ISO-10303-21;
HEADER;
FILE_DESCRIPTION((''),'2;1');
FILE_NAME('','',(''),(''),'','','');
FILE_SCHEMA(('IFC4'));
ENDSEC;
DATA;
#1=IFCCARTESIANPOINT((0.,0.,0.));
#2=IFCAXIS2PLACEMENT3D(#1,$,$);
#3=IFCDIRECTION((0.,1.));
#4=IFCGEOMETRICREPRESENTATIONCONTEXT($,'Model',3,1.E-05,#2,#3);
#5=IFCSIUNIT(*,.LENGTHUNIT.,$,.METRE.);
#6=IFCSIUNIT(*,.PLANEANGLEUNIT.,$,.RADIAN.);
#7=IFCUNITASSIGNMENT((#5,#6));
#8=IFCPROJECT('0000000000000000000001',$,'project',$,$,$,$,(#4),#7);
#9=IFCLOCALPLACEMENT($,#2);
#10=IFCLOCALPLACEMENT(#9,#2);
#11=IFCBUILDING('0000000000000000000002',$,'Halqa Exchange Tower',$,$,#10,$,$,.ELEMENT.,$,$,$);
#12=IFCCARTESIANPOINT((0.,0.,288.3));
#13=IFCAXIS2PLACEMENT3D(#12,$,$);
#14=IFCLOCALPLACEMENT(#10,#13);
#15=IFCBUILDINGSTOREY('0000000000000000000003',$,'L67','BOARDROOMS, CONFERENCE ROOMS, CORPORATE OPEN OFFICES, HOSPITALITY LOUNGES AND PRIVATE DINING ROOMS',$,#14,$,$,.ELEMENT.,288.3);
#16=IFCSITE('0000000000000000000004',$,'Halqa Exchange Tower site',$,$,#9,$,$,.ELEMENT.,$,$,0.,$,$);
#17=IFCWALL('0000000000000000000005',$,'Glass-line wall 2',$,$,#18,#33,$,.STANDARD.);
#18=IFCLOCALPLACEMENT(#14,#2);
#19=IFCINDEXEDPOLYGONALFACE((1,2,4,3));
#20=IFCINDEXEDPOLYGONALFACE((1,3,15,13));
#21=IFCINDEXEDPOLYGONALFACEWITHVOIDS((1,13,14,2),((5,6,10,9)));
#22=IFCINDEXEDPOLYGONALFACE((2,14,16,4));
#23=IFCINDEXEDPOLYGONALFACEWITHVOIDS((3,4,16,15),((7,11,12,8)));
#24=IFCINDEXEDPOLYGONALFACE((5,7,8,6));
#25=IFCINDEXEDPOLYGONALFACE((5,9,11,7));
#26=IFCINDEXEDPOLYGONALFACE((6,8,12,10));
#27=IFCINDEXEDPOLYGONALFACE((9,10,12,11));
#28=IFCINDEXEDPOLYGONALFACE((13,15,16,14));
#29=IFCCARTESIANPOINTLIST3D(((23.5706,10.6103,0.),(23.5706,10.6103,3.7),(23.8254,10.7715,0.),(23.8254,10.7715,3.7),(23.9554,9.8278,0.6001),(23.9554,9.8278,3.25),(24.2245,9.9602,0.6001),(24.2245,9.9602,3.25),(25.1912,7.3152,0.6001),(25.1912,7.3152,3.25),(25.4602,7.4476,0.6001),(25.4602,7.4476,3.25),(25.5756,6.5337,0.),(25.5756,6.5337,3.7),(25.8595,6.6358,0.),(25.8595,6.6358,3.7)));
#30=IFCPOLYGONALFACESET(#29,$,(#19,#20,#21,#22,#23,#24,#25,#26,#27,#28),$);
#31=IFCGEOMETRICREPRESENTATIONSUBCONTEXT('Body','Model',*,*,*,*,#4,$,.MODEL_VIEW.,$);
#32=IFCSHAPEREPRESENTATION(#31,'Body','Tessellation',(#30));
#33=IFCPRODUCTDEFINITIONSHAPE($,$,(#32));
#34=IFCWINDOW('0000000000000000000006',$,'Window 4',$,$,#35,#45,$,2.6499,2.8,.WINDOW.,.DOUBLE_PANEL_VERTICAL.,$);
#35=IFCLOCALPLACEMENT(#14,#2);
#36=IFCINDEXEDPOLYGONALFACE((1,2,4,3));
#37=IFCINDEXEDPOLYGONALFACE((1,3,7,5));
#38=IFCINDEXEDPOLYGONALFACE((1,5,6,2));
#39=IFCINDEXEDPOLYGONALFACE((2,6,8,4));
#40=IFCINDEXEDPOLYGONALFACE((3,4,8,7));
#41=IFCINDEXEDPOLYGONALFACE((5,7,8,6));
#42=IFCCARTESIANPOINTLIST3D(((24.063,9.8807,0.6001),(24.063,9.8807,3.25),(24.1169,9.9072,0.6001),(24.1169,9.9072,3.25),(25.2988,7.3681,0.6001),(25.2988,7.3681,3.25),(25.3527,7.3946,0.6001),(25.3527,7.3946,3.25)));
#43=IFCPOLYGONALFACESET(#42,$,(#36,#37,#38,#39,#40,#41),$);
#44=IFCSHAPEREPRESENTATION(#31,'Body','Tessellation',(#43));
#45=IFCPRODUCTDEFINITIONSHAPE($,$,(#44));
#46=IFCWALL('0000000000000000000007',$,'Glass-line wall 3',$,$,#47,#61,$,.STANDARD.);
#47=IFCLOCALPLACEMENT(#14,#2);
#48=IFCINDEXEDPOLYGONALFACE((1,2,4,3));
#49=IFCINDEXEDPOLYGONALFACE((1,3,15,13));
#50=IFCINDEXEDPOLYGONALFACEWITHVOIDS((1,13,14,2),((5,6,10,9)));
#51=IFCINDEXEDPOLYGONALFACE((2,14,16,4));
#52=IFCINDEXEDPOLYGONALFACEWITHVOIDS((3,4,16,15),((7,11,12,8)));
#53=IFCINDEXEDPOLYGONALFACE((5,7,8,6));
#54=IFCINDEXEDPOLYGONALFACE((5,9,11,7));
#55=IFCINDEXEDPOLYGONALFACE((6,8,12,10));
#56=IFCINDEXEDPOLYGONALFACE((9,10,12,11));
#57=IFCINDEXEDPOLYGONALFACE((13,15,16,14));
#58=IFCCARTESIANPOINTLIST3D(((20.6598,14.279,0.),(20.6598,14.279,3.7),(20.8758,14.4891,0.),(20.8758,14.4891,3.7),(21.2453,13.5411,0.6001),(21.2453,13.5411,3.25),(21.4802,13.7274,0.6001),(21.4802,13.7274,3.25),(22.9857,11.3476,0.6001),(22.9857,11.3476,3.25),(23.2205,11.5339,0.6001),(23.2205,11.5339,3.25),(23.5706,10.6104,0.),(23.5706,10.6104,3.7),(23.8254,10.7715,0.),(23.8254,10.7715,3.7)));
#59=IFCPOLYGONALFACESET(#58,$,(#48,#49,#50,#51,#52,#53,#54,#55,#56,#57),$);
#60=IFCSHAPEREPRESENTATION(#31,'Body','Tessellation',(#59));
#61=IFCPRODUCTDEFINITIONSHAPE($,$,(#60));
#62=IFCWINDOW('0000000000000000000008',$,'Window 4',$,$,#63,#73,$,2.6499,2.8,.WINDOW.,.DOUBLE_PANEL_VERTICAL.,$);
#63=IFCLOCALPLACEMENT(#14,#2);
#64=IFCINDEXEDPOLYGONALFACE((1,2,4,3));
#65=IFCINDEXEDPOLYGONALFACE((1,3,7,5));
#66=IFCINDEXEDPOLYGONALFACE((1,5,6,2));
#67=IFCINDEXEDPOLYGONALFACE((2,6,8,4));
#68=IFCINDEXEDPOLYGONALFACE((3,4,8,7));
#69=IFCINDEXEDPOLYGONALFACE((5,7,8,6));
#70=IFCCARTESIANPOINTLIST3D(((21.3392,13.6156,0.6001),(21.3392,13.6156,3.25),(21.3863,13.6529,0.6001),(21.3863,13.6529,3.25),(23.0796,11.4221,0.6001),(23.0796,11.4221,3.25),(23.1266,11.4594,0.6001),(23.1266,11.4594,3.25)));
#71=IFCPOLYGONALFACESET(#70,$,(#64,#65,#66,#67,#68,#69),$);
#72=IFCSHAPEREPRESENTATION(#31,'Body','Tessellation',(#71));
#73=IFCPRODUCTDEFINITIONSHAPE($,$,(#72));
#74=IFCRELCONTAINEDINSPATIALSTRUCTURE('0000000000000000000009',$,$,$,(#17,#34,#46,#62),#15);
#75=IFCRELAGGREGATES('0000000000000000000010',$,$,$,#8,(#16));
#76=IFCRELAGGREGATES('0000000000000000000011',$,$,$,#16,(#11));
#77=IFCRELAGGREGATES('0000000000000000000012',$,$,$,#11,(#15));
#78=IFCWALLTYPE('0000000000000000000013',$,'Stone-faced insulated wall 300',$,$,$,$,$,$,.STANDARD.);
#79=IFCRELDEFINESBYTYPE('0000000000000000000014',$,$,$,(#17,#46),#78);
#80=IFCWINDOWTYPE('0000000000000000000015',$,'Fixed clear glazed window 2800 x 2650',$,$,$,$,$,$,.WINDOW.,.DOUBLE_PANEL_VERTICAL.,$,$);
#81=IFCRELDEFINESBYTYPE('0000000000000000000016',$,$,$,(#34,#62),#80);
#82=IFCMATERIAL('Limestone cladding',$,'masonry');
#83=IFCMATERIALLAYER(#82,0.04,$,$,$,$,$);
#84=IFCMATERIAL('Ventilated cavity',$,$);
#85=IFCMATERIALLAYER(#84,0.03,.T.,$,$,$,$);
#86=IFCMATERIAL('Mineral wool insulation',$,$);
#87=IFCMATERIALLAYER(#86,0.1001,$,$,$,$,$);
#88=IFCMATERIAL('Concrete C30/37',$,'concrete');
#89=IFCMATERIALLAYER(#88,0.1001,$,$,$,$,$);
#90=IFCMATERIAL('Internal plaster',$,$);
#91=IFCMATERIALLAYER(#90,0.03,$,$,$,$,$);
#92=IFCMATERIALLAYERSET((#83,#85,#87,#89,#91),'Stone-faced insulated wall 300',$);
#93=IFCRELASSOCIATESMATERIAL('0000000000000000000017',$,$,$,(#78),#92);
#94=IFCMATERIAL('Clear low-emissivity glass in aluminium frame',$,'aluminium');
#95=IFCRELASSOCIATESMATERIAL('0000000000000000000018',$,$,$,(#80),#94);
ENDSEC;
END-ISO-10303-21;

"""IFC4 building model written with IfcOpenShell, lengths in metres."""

from ifc_helpers import new_model, si_unit, direction, frame, frame_2d, origin, place, context, subcontext, project, spatial, polyline, rectangle, outline, extrude, material, layer, layer_set, type_object, element, fill, save


model = new_model("IFC4")

# Units and contexts
model_context = context("Model", 3, precision=1e-05, world=origin(), true_north=direction((0.0, 1.0)))
body_context = subcontext(model_context, "Body", "Model", "MODEL_VIEW")
ifc_project = project(units=[si_unit("LENGTHUNIT", "METRE"), si_unit("PLANEANGLEUNIT", "RADIAN")], contexts=[model_context])

# Site, building, storey
site_placement = place(None, origin())
site = spatial("IfcSite", under=ifc_project, at=site_placement, Name="Halqa Exchange Tower site", CompositionType="ELEMENT", RefElevation=0.0)
building_placement = place(site_placement, origin())
building = spatial("IfcBuilding", under=site, at=building_placement, Name="Halqa Exchange Tower", CompositionType="ELEMENT")
storey_placement = place(building_placement, frame((0.0, 0.0, 288.3)))
storey = spatial("IfcBuildingStorey", under=building, at=storey_placement, Name="L67", Description="BOARDROOMS, CONFERENCE ROOMS, CORPORATE OPEN OFFICES, HOSPITALITY LOUNGES AND PRIVATE DINING ROOMS", CompositionType="ELEMENT", Elevation=288.3)

# Walls, openings, windows
ifc_material_1 = material(Name="Limestone cladding", Category="masonry")
ifc_layer_1 = layer(ifc_material_1, 0.04)
ifc_material_2 = material(Name="Ventilated cavity")
ifc_layer_2 = layer(ifc_material_2, 0.03, ventilated=True)
ifc_material_3 = material(Name="Mineral wool insulation")
ifc_layer_3 = layer(ifc_material_3, 0.1001)
ifc_material_4 = material(Name="Concrete C30/37", Category="concrete")
ifc_layer_4 = layer(ifc_material_4, 0.1001)
ifc_material_5 = material(Name="Internal plaster")
ifc_layer_5 = layer(ifc_material_5, 0.03)
ifc_layer_set_1 = layer_set([ifc_layer_1, ifc_layer_2, ifc_layer_3, ifc_layer_4, ifc_layer_5], Name="Stone-faced insulated wall 300")
wall_type_1 = type_object("IfcWallType", Name="Stone-faced insulated wall 300", PredefinedType="STANDARD", material=ifc_layer_set_1)
ifc_material_6 = material(Name="Clear low-emissivity glass in aluminium frame", Category="aluminium")
window_type = type_object("IfcWindowType", Name="Fixed clear glazed window 2800 x 2650", PartitioningType="DOUBLE_PANEL_VERTICAL", PredefinedType="WINDOW", material=ifc_material_6)
wall_1_placement = place(storey_placement, frame((25.7175, 6.5847, 0.0), z_axis=(0.0, 0.0, 1.0), x_axis=(-0.441335, 0.897342, 0.0)))
wall_1 = element("IfcWall", 1, at=wall_1_placement, inside=storey, type_object=wall_type_1, Name="Glass-line wall 2", PredefinedType="STANDARD", context=body_context, shape_type="SweptSolid", body=[
    extrude(outline(polyline([(-0.0168, -0.1499), (4.592, -0.1499), (4.5598, 0.1499), (0.0168, 0.1499), (-0.0168, -0.1499)])), origin(), (0.0, 0.0, 1.0), 3.7),
])
opening_1_placement = place(wall_1_placement, frame((0.8879, 0.0, 0.6001)))
opening_1 = element("IfcOpeningElement", 2, at=opening_1_placement, cuts=wall_1, PredefinedType="OPENING", context=body_context, shape_type="SweptSolid", body=[
    extrude(rectangle(XDim=2.8, YDim=2.6499, at=frame_2d((1.3999, 1.325))), frame((0.0, 0.1621, 0.0), z_axis=(0.0, -1.0, 0.0), x_axis=(1.0, 0.0, 0.0)), (0.0, 0.0, 1.0), 0.324),
])
window_1_placement = place(opening_1_placement, origin())
window_1 = element("IfcWindow", 3, at=window_1_placement, inside=storey, type_object=window_type, Name="Window 4", OverallHeight=2.6499, OverallWidth=2.8, PartitioningType="DOUBLE_PANEL_VERTICAL", PredefinedType="WINDOW", context=body_context, shape_type="SweptSolid", body=[
    extrude(rectangle(XDim=2.8, YDim=2.6499, at=frame_2d((1.3999, 1.325))), frame((0.0, 0.03, 0.0), z_axis=(0.0, -1.0, 0.0), x_axis=(1.0, 0.0, 0.0)), (0.0, 0.0, 1.0), 0.0601),
])
fill(opening_1, window_1)
wall_2_placement = place(storey_placement, frame((23.698, 10.6909, 0.0), z_axis=(0.0, 0.0, 1.0), x_axis=(-0.621545, 0.783379, 0.0)))
wall_2 = element("IfcWall", 4, at=wall_2_placement, inside=storey, type_object=wall_type_1, Name="Glass-line wall 3", PredefinedType="STANDARD", context=body_context, shape_type="SweptSolid", body=[
    extrude(outline(polyline([(-0.0161, -0.1499), (4.7295, -0.1499), (4.6992, 0.1499), (0.0161, 0.1499), (-0.0161, -0.1499)])), origin(), (0.0, 0.0, 1.0), 3.7),
])
opening_2_placement = place(wall_2_placement, frame((0.9573, 0.0, 0.6001)))
opening_2 = element("IfcOpeningElement", 5, at=opening_2_placement, cuts=wall_2, PredefinedType="OPENING", context=body_context, shape_type="SweptSolid", body=[
    extrude(rectangle(XDim=2.8, YDim=2.6499, at=frame_2d((1.3999, 1.325))), frame((0.0, 0.1621, 0.0), z_axis=(0.0, -1.0, 0.0), x_axis=(1.0, 0.0, 0.0)), (0.0, 0.0, 1.0), 0.324),
])
window_2_placement = place(opening_2_placement, origin())
window_2 = element("IfcWindow", 6, at=window_2_placement, inside=storey, type_object=window_type, Name="Window 4", OverallHeight=2.6499, OverallWidth=2.8, PartitioningType="DOUBLE_PANEL_VERTICAL", PredefinedType="WINDOW", context=body_context, shape_type="SweptSolid", body=[
    extrude(rectangle(XDim=2.8, YDim=2.6499, at=frame_2d((1.3999, 1.325))), frame((0.0, 0.03, 0.0), z_axis=(0.0, -1.0, 0.0), x_axis=(1.0, 0.0, 0.0)), (0.0, 0.0, 1.0), 0.0601),
])
fill(opening_2, window_2)

save(model, "model.ifc")
